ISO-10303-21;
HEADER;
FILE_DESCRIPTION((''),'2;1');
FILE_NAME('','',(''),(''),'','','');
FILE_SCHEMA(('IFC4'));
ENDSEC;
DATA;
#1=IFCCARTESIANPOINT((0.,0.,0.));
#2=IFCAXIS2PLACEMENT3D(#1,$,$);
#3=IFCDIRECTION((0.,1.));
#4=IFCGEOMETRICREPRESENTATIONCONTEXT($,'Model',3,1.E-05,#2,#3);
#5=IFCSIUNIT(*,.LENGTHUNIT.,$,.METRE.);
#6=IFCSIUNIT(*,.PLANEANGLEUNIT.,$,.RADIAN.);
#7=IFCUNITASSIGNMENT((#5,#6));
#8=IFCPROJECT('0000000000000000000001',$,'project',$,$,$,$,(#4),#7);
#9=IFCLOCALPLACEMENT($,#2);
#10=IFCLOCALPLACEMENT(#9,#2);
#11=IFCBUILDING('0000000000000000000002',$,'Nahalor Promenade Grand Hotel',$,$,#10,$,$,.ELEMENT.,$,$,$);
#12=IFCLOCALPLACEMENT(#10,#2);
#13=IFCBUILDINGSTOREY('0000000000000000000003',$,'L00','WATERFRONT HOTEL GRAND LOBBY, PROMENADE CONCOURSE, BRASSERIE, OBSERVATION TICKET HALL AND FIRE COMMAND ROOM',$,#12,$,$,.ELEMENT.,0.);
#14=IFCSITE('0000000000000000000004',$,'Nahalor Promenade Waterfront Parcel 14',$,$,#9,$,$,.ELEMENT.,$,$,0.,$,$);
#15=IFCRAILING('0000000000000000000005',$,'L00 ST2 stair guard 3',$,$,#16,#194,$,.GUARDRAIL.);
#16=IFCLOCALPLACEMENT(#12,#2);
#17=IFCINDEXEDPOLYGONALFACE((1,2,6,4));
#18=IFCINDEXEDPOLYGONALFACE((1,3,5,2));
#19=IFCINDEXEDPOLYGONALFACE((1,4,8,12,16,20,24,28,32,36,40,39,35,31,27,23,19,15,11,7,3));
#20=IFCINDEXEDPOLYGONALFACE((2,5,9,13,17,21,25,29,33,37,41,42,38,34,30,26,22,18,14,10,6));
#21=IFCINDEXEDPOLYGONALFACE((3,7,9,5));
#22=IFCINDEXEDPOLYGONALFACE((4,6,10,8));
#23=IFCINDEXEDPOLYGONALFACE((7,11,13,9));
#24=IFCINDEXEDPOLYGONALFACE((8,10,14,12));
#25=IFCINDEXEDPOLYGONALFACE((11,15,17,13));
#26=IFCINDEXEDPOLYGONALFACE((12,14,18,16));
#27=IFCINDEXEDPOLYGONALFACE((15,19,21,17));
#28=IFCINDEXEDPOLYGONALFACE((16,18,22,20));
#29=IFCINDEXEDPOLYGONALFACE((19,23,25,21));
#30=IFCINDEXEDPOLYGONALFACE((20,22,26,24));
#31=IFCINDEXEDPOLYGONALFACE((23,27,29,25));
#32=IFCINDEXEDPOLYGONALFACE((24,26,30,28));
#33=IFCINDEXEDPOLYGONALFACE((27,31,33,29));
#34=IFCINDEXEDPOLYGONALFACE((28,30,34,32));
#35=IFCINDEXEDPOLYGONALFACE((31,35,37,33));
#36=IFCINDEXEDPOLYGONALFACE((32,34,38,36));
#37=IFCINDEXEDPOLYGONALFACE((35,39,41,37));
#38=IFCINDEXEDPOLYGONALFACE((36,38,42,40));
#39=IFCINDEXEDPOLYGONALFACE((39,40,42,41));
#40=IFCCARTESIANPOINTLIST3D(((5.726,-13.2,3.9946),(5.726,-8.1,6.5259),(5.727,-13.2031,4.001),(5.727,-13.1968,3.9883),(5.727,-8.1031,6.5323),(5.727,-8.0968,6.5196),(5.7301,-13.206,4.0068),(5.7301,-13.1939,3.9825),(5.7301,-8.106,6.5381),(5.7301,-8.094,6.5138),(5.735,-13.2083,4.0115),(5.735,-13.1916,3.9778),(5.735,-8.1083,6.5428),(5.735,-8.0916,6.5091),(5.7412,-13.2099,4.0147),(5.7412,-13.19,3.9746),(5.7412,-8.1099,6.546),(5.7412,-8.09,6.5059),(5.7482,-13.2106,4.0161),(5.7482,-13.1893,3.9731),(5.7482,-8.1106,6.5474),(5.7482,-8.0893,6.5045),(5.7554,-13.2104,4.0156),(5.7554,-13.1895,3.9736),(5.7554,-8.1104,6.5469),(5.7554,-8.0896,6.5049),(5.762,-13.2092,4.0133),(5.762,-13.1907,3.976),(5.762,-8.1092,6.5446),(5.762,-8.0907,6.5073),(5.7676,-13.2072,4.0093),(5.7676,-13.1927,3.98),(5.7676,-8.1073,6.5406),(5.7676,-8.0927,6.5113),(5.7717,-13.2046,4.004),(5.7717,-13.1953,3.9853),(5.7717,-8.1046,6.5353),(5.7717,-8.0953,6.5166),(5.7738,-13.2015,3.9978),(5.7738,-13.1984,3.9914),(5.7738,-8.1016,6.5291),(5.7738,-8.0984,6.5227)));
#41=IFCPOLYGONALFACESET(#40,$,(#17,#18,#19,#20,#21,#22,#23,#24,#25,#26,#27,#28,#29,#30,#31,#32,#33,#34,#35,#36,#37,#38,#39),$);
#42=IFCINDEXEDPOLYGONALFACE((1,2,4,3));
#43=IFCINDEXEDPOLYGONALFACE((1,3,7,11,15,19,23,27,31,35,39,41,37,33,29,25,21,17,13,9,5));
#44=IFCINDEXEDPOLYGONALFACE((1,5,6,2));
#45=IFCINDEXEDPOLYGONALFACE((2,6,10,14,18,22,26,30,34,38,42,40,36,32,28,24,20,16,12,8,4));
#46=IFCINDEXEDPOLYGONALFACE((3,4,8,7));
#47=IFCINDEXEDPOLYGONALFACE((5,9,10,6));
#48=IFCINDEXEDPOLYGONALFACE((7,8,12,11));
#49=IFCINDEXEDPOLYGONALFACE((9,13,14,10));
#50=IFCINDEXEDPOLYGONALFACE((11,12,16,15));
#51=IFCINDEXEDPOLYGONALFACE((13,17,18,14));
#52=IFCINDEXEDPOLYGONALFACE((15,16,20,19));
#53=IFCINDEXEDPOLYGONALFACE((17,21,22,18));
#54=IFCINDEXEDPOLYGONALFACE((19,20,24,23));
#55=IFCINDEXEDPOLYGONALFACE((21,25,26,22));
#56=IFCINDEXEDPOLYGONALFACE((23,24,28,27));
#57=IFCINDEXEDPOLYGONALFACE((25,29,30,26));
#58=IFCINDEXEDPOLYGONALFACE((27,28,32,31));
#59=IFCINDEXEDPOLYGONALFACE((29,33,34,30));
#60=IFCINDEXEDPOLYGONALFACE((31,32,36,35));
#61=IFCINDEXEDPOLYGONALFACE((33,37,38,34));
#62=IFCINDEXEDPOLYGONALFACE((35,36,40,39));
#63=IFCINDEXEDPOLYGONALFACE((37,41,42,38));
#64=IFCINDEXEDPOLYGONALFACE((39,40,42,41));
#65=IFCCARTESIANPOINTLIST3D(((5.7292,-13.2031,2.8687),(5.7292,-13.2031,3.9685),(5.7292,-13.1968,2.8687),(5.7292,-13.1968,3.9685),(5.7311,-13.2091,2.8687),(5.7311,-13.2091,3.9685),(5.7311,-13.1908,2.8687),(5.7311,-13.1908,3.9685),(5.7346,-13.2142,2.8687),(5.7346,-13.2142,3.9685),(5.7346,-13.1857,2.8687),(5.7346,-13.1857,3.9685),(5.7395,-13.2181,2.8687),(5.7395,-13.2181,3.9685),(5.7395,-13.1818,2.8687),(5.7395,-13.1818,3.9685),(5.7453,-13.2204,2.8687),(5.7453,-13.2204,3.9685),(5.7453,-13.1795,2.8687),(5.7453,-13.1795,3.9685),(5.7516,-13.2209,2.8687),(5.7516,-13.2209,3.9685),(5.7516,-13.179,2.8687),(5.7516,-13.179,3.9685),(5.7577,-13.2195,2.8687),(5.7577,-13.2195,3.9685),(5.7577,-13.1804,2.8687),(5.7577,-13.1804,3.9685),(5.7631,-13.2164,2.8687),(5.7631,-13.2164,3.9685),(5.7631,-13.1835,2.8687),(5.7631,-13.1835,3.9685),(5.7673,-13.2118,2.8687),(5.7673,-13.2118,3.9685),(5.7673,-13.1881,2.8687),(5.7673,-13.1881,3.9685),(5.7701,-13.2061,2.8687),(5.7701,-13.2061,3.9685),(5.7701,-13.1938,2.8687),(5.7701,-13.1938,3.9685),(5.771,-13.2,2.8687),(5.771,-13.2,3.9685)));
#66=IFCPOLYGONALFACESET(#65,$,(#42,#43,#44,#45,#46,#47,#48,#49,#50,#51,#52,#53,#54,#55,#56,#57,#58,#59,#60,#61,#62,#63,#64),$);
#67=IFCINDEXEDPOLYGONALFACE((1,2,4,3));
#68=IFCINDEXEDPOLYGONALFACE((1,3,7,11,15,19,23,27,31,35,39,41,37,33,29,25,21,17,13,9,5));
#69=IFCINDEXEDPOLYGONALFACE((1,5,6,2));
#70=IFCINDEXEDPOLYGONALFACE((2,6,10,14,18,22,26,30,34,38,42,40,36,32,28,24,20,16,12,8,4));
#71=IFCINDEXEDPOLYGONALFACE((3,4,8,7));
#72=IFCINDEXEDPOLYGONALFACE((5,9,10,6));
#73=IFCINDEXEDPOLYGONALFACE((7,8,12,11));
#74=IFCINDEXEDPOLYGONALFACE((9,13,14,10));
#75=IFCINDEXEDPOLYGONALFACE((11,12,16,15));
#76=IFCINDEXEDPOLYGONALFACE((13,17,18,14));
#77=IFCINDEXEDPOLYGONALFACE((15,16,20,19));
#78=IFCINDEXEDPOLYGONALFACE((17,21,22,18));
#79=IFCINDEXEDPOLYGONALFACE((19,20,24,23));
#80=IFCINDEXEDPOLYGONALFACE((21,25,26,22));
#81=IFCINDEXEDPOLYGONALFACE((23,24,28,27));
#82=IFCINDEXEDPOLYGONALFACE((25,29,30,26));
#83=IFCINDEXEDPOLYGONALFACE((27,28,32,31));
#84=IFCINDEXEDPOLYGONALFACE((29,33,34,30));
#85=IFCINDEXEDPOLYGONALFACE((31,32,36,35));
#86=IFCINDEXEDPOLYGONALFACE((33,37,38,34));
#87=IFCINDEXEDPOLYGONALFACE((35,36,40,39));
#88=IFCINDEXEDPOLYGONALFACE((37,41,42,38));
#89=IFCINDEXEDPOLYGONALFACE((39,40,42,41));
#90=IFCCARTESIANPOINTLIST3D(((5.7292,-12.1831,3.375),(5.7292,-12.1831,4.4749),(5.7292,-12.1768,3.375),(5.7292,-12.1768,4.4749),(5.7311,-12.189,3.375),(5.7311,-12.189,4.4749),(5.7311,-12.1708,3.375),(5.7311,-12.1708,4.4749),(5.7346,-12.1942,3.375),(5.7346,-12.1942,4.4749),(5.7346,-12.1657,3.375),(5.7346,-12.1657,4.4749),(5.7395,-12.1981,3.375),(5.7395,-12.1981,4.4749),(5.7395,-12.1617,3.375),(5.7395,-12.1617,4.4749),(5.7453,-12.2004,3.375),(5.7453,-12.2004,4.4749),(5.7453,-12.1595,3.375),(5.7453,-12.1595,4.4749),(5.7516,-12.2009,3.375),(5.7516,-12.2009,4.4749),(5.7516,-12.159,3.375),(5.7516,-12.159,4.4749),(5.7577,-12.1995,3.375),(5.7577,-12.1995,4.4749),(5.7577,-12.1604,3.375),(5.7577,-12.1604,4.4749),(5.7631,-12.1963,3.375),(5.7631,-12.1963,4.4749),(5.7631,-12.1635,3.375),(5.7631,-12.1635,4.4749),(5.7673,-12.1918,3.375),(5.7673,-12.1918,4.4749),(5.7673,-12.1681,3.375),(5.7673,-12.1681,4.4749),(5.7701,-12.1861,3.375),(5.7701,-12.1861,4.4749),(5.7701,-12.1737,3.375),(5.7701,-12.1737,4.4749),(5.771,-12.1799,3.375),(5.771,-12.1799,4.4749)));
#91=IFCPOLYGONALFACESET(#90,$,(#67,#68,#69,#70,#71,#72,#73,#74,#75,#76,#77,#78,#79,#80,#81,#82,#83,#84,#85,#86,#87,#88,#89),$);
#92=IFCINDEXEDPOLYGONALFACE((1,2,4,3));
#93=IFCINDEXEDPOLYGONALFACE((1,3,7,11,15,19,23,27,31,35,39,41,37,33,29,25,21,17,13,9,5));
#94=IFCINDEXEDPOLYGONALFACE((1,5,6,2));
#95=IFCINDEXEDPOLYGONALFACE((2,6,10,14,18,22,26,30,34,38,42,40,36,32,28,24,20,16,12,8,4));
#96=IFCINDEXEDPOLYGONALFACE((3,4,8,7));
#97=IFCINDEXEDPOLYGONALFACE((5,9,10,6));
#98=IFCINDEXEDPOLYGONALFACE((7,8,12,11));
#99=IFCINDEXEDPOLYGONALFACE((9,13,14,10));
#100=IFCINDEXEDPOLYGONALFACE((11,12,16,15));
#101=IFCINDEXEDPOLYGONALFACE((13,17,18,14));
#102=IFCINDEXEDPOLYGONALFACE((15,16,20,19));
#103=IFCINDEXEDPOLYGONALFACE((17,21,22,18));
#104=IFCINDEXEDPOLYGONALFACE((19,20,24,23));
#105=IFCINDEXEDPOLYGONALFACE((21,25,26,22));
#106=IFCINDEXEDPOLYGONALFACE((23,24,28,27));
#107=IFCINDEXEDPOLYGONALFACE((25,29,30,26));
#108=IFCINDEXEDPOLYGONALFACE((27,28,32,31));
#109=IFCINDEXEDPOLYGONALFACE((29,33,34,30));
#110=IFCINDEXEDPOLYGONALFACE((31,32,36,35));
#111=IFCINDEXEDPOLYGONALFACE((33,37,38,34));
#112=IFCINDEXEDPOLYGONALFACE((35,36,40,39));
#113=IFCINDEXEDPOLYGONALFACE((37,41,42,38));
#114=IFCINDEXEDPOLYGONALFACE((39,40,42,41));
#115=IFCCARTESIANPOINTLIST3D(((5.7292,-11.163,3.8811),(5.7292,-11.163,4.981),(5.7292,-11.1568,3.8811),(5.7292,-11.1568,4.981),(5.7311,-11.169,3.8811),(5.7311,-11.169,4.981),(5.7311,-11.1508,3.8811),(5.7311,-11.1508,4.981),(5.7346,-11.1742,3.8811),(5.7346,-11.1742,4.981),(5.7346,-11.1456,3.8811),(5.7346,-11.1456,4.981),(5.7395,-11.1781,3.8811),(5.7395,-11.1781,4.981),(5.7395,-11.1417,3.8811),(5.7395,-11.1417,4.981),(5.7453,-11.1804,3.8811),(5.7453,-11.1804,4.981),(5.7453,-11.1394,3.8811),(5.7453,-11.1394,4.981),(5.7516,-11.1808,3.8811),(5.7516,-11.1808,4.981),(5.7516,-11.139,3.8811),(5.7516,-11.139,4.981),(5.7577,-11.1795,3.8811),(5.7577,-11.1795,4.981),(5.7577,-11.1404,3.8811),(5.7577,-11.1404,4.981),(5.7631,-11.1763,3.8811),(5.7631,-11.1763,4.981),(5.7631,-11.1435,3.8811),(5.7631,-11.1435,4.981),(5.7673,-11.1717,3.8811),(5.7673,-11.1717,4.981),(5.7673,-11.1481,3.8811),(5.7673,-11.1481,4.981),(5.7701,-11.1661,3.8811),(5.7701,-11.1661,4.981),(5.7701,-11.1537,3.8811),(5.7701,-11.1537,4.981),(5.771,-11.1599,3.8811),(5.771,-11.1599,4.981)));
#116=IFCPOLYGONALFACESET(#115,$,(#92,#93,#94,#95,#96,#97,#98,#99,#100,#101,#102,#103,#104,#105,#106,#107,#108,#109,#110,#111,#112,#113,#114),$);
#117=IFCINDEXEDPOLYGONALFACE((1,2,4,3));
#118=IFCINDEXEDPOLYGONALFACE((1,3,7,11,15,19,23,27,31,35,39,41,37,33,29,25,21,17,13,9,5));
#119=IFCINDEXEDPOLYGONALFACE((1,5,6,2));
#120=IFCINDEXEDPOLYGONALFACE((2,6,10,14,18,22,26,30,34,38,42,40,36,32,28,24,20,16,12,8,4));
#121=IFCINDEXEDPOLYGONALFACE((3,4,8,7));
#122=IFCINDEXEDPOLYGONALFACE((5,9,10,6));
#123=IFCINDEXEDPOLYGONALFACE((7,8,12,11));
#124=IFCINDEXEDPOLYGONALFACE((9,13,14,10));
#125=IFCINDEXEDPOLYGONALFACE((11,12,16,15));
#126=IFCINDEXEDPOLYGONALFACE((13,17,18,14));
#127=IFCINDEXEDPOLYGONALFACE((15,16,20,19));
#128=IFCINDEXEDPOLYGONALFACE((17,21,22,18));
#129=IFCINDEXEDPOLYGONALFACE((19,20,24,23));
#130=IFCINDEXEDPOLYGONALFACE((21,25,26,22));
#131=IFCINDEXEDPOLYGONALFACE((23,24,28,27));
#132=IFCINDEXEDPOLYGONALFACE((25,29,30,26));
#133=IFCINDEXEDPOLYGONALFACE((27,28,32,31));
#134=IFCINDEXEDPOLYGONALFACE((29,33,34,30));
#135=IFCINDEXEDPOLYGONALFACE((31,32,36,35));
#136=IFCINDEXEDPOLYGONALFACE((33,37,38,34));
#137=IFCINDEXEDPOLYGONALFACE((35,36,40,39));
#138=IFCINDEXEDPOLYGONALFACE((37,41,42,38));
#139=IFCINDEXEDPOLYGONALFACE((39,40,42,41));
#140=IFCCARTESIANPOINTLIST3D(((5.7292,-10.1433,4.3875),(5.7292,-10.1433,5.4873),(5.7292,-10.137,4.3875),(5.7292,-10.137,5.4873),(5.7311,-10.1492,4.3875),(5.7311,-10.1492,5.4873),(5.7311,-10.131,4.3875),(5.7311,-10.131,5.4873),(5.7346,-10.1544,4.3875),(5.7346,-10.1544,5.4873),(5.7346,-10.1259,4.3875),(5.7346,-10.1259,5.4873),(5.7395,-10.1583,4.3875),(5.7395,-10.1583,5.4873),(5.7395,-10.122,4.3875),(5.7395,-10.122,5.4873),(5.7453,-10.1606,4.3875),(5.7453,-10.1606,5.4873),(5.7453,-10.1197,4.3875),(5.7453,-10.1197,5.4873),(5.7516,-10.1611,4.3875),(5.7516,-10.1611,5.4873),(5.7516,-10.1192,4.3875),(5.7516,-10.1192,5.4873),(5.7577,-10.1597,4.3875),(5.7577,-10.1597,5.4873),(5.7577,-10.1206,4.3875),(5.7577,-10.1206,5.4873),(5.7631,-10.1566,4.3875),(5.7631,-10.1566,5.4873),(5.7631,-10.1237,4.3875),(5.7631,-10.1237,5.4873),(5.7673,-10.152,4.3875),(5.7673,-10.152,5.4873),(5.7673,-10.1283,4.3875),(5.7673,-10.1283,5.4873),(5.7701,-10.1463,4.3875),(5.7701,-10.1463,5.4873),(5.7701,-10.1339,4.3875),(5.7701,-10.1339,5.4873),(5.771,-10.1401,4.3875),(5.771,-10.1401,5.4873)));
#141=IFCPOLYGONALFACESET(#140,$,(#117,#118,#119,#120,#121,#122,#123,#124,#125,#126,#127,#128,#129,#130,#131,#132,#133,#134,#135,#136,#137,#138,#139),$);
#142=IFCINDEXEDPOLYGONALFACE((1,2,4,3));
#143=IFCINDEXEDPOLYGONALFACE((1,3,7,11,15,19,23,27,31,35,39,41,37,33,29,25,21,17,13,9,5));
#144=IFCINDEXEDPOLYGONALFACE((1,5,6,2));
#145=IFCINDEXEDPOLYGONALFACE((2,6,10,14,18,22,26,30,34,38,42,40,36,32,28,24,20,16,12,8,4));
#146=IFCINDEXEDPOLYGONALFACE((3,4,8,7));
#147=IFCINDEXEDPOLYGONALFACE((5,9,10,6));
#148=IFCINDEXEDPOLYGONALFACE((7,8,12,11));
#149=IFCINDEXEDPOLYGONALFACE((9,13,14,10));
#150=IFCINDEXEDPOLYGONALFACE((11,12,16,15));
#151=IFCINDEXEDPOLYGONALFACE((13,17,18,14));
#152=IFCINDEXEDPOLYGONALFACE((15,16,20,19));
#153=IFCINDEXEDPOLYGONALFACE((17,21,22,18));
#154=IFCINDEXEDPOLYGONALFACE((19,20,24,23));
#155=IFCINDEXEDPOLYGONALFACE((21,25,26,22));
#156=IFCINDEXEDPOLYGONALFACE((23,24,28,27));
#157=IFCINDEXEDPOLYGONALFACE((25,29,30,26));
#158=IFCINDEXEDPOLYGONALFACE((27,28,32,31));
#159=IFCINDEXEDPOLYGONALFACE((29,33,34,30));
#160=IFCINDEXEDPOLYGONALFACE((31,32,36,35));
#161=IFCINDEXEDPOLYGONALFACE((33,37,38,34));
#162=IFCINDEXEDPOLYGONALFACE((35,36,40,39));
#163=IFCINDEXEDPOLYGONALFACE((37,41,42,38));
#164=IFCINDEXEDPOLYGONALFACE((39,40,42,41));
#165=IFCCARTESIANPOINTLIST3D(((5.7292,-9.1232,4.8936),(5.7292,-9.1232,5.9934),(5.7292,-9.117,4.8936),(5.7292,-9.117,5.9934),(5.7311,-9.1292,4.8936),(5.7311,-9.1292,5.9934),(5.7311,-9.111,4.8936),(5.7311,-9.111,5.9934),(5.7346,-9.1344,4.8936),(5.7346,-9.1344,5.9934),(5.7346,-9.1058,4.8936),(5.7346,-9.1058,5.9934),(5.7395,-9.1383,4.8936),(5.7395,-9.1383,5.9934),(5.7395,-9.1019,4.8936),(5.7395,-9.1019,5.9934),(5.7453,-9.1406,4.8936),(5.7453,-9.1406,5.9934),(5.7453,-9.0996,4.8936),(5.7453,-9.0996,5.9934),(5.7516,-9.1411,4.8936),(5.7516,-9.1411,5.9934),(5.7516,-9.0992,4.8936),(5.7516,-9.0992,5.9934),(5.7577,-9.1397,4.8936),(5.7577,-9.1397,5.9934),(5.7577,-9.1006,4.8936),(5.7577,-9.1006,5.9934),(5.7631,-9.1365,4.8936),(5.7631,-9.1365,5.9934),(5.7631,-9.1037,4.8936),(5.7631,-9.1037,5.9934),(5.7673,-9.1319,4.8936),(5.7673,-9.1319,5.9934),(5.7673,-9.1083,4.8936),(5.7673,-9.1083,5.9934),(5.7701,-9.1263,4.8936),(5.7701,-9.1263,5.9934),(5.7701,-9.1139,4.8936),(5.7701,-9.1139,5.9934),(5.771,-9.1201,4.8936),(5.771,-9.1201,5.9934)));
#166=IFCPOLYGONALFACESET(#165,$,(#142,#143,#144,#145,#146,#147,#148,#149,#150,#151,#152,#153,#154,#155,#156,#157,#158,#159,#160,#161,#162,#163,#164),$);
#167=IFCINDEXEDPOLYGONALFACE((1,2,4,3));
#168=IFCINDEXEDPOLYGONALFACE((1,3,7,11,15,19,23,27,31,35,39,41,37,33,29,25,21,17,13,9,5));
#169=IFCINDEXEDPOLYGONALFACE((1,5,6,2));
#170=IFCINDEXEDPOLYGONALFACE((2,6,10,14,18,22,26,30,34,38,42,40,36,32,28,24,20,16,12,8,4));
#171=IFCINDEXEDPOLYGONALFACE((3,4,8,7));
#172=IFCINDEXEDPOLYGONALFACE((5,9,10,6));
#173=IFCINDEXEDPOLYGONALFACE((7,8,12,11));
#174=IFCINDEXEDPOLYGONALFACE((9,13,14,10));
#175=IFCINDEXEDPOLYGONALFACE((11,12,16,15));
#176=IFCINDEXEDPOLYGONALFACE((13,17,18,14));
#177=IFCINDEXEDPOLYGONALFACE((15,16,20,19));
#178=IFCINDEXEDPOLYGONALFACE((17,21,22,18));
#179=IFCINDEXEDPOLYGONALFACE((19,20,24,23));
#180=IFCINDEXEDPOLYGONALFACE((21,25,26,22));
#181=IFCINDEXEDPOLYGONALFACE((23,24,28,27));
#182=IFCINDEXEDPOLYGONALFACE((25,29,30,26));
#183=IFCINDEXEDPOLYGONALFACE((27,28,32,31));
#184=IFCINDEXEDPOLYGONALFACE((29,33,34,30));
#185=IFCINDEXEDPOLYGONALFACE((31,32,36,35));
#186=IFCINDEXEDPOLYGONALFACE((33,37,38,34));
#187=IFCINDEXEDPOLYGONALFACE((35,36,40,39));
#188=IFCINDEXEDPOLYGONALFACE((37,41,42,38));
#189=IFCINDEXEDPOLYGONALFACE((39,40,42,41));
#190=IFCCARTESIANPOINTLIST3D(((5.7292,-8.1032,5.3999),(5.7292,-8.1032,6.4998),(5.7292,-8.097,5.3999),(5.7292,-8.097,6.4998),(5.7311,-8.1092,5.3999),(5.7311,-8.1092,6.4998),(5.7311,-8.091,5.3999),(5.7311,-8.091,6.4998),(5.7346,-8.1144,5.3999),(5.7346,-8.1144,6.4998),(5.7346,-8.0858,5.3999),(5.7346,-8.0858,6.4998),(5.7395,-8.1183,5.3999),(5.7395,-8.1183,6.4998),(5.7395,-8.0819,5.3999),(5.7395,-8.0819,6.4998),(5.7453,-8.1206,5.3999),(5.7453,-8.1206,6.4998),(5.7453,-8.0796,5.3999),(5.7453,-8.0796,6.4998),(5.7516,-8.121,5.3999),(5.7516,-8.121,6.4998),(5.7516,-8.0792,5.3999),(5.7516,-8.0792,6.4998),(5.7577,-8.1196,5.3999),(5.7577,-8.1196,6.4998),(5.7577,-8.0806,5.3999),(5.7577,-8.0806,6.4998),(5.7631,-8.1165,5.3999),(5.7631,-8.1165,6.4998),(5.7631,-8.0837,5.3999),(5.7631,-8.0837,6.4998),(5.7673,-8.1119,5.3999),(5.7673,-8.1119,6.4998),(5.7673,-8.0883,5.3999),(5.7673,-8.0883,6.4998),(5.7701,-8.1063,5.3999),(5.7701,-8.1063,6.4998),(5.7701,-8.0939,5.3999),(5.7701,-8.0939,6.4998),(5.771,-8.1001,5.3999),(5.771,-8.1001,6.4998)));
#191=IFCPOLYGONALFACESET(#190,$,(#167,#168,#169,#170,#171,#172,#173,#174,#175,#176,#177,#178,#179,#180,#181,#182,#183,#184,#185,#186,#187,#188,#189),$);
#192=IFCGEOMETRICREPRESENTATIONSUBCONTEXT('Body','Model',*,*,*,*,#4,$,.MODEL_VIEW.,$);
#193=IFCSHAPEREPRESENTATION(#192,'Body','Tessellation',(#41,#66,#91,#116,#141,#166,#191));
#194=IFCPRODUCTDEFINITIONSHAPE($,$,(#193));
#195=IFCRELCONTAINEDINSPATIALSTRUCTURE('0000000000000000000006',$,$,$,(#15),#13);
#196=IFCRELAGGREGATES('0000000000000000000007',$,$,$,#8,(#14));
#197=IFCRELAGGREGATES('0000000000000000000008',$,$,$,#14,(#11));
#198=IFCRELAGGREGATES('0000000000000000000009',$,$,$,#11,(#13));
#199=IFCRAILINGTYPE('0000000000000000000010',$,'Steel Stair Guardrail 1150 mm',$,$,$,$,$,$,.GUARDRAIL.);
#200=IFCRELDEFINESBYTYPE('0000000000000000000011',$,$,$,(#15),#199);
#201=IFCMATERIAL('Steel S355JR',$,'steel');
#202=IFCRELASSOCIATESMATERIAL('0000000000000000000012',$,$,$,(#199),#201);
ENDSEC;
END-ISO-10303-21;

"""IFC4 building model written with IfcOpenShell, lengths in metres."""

from ifc_helpers import new_model, si_unit, direction, frame, origin, origin_2d, place, context, subcontext, project, spatial, circle, extrude, material, type_object, element, save


model = new_model("IFC4")

# Units and contexts
model_context = context("Model", 3, precision=1e-05, world=origin(), true_north=direction((0.0, 1.0)))
body_context = subcontext(model_context, "Body", "Model", "MODEL_VIEW")
ifc_project = project(units=[si_unit("LENGTHUNIT", "METRE"), si_unit("PLANEANGLEUNIT", "RADIAN")], contexts=[model_context])

# Site, building, storey
site_placement = place(None, origin())
site = spatial("IfcSite", under=ifc_project, at=site_placement, Name="Nahalor Promenade Waterfront Parcel 14", CompositionType="ELEMENT", RefElevation=0.0)
building_placement = place(site_placement, origin())
building = spatial("IfcBuilding", under=site, at=building_placement, Name="Nahalor Promenade Grand Hotel", CompositionType="ELEMENT")
storey_placement = place(building_placement, origin())
storey = spatial("IfcBuildingStorey", under=building, at=storey_placement, Name="L00", Description="WATERFRONT HOTEL GRAND LOBBY, PROMENADE CONCOURSE, BRASSERIE, OBSERVATION TICKET HALL AND FIRE COMMAND ROOM", CompositionType="ELEMENT", Elevation=0.0)

# Shared definitions
ifc_material_1 = material(Name="Steel S355JR", Category="steel")

# Railing
railing_type_1 = type_object("IfcRailingType", Name="Steel Stair Guardrail 1150 mm", PredefinedType="GUARDRAIL", material=ifc_material_1)
railing_1_placement = place(storey_placement, frame((5.75, -13.2, 2.8687)))
element("IfcRailing", 1, at=railing_1_placement, inside=storey, type_object=railing_type_1, Name="L00 ST2 stair guard 3", PredefinedType="GUARDRAIL", context=body_context, shape_type="SweptSolid", body=[
    extrude(circle(Radius=0.024, at=origin_2d()), frame((0.0, 0.0, 1.126), z_axis=(0.0, 0.895735, 0.444587), x_axis=(-1.0, 0.0, 0.0)), (0.0, 0.0, 1.0), 5.6936),
    extrude(circle(Radius=0.021, at=origin_2d()), origin(), (0.0, 0.0, 1.0), 1.0999),
    extrude(circle(Radius=0.021, at=origin_2d()), frame((0.0, 1.02, 0.5063)), (0.0, 0.0, 1.0), 1.0999),
    extrude(circle(Radius=0.021, at=origin_2d()), frame((0.0, 2.04, 1.0125)), (0.0, 0.0, 1.0), 1.0999),
    extrude(circle(Radius=0.021, at=origin_2d()), frame((0.0, 3.0598, 1.5188)), (0.0, 0.0, 1.0), 1.0999),
    extrude(circle(Radius=0.021, at=origin_2d()), frame((0.0, 4.0798, 2.0249)), (0.0, 0.0, 1.0), 1.0999),
    extrude(circle(Radius=0.021, at=origin_2d()), frame((0.0, 5.0999, 2.5312)), (0.0, 0.0, 1.0), 1.0999),
])

save(model, "model.ifc")
